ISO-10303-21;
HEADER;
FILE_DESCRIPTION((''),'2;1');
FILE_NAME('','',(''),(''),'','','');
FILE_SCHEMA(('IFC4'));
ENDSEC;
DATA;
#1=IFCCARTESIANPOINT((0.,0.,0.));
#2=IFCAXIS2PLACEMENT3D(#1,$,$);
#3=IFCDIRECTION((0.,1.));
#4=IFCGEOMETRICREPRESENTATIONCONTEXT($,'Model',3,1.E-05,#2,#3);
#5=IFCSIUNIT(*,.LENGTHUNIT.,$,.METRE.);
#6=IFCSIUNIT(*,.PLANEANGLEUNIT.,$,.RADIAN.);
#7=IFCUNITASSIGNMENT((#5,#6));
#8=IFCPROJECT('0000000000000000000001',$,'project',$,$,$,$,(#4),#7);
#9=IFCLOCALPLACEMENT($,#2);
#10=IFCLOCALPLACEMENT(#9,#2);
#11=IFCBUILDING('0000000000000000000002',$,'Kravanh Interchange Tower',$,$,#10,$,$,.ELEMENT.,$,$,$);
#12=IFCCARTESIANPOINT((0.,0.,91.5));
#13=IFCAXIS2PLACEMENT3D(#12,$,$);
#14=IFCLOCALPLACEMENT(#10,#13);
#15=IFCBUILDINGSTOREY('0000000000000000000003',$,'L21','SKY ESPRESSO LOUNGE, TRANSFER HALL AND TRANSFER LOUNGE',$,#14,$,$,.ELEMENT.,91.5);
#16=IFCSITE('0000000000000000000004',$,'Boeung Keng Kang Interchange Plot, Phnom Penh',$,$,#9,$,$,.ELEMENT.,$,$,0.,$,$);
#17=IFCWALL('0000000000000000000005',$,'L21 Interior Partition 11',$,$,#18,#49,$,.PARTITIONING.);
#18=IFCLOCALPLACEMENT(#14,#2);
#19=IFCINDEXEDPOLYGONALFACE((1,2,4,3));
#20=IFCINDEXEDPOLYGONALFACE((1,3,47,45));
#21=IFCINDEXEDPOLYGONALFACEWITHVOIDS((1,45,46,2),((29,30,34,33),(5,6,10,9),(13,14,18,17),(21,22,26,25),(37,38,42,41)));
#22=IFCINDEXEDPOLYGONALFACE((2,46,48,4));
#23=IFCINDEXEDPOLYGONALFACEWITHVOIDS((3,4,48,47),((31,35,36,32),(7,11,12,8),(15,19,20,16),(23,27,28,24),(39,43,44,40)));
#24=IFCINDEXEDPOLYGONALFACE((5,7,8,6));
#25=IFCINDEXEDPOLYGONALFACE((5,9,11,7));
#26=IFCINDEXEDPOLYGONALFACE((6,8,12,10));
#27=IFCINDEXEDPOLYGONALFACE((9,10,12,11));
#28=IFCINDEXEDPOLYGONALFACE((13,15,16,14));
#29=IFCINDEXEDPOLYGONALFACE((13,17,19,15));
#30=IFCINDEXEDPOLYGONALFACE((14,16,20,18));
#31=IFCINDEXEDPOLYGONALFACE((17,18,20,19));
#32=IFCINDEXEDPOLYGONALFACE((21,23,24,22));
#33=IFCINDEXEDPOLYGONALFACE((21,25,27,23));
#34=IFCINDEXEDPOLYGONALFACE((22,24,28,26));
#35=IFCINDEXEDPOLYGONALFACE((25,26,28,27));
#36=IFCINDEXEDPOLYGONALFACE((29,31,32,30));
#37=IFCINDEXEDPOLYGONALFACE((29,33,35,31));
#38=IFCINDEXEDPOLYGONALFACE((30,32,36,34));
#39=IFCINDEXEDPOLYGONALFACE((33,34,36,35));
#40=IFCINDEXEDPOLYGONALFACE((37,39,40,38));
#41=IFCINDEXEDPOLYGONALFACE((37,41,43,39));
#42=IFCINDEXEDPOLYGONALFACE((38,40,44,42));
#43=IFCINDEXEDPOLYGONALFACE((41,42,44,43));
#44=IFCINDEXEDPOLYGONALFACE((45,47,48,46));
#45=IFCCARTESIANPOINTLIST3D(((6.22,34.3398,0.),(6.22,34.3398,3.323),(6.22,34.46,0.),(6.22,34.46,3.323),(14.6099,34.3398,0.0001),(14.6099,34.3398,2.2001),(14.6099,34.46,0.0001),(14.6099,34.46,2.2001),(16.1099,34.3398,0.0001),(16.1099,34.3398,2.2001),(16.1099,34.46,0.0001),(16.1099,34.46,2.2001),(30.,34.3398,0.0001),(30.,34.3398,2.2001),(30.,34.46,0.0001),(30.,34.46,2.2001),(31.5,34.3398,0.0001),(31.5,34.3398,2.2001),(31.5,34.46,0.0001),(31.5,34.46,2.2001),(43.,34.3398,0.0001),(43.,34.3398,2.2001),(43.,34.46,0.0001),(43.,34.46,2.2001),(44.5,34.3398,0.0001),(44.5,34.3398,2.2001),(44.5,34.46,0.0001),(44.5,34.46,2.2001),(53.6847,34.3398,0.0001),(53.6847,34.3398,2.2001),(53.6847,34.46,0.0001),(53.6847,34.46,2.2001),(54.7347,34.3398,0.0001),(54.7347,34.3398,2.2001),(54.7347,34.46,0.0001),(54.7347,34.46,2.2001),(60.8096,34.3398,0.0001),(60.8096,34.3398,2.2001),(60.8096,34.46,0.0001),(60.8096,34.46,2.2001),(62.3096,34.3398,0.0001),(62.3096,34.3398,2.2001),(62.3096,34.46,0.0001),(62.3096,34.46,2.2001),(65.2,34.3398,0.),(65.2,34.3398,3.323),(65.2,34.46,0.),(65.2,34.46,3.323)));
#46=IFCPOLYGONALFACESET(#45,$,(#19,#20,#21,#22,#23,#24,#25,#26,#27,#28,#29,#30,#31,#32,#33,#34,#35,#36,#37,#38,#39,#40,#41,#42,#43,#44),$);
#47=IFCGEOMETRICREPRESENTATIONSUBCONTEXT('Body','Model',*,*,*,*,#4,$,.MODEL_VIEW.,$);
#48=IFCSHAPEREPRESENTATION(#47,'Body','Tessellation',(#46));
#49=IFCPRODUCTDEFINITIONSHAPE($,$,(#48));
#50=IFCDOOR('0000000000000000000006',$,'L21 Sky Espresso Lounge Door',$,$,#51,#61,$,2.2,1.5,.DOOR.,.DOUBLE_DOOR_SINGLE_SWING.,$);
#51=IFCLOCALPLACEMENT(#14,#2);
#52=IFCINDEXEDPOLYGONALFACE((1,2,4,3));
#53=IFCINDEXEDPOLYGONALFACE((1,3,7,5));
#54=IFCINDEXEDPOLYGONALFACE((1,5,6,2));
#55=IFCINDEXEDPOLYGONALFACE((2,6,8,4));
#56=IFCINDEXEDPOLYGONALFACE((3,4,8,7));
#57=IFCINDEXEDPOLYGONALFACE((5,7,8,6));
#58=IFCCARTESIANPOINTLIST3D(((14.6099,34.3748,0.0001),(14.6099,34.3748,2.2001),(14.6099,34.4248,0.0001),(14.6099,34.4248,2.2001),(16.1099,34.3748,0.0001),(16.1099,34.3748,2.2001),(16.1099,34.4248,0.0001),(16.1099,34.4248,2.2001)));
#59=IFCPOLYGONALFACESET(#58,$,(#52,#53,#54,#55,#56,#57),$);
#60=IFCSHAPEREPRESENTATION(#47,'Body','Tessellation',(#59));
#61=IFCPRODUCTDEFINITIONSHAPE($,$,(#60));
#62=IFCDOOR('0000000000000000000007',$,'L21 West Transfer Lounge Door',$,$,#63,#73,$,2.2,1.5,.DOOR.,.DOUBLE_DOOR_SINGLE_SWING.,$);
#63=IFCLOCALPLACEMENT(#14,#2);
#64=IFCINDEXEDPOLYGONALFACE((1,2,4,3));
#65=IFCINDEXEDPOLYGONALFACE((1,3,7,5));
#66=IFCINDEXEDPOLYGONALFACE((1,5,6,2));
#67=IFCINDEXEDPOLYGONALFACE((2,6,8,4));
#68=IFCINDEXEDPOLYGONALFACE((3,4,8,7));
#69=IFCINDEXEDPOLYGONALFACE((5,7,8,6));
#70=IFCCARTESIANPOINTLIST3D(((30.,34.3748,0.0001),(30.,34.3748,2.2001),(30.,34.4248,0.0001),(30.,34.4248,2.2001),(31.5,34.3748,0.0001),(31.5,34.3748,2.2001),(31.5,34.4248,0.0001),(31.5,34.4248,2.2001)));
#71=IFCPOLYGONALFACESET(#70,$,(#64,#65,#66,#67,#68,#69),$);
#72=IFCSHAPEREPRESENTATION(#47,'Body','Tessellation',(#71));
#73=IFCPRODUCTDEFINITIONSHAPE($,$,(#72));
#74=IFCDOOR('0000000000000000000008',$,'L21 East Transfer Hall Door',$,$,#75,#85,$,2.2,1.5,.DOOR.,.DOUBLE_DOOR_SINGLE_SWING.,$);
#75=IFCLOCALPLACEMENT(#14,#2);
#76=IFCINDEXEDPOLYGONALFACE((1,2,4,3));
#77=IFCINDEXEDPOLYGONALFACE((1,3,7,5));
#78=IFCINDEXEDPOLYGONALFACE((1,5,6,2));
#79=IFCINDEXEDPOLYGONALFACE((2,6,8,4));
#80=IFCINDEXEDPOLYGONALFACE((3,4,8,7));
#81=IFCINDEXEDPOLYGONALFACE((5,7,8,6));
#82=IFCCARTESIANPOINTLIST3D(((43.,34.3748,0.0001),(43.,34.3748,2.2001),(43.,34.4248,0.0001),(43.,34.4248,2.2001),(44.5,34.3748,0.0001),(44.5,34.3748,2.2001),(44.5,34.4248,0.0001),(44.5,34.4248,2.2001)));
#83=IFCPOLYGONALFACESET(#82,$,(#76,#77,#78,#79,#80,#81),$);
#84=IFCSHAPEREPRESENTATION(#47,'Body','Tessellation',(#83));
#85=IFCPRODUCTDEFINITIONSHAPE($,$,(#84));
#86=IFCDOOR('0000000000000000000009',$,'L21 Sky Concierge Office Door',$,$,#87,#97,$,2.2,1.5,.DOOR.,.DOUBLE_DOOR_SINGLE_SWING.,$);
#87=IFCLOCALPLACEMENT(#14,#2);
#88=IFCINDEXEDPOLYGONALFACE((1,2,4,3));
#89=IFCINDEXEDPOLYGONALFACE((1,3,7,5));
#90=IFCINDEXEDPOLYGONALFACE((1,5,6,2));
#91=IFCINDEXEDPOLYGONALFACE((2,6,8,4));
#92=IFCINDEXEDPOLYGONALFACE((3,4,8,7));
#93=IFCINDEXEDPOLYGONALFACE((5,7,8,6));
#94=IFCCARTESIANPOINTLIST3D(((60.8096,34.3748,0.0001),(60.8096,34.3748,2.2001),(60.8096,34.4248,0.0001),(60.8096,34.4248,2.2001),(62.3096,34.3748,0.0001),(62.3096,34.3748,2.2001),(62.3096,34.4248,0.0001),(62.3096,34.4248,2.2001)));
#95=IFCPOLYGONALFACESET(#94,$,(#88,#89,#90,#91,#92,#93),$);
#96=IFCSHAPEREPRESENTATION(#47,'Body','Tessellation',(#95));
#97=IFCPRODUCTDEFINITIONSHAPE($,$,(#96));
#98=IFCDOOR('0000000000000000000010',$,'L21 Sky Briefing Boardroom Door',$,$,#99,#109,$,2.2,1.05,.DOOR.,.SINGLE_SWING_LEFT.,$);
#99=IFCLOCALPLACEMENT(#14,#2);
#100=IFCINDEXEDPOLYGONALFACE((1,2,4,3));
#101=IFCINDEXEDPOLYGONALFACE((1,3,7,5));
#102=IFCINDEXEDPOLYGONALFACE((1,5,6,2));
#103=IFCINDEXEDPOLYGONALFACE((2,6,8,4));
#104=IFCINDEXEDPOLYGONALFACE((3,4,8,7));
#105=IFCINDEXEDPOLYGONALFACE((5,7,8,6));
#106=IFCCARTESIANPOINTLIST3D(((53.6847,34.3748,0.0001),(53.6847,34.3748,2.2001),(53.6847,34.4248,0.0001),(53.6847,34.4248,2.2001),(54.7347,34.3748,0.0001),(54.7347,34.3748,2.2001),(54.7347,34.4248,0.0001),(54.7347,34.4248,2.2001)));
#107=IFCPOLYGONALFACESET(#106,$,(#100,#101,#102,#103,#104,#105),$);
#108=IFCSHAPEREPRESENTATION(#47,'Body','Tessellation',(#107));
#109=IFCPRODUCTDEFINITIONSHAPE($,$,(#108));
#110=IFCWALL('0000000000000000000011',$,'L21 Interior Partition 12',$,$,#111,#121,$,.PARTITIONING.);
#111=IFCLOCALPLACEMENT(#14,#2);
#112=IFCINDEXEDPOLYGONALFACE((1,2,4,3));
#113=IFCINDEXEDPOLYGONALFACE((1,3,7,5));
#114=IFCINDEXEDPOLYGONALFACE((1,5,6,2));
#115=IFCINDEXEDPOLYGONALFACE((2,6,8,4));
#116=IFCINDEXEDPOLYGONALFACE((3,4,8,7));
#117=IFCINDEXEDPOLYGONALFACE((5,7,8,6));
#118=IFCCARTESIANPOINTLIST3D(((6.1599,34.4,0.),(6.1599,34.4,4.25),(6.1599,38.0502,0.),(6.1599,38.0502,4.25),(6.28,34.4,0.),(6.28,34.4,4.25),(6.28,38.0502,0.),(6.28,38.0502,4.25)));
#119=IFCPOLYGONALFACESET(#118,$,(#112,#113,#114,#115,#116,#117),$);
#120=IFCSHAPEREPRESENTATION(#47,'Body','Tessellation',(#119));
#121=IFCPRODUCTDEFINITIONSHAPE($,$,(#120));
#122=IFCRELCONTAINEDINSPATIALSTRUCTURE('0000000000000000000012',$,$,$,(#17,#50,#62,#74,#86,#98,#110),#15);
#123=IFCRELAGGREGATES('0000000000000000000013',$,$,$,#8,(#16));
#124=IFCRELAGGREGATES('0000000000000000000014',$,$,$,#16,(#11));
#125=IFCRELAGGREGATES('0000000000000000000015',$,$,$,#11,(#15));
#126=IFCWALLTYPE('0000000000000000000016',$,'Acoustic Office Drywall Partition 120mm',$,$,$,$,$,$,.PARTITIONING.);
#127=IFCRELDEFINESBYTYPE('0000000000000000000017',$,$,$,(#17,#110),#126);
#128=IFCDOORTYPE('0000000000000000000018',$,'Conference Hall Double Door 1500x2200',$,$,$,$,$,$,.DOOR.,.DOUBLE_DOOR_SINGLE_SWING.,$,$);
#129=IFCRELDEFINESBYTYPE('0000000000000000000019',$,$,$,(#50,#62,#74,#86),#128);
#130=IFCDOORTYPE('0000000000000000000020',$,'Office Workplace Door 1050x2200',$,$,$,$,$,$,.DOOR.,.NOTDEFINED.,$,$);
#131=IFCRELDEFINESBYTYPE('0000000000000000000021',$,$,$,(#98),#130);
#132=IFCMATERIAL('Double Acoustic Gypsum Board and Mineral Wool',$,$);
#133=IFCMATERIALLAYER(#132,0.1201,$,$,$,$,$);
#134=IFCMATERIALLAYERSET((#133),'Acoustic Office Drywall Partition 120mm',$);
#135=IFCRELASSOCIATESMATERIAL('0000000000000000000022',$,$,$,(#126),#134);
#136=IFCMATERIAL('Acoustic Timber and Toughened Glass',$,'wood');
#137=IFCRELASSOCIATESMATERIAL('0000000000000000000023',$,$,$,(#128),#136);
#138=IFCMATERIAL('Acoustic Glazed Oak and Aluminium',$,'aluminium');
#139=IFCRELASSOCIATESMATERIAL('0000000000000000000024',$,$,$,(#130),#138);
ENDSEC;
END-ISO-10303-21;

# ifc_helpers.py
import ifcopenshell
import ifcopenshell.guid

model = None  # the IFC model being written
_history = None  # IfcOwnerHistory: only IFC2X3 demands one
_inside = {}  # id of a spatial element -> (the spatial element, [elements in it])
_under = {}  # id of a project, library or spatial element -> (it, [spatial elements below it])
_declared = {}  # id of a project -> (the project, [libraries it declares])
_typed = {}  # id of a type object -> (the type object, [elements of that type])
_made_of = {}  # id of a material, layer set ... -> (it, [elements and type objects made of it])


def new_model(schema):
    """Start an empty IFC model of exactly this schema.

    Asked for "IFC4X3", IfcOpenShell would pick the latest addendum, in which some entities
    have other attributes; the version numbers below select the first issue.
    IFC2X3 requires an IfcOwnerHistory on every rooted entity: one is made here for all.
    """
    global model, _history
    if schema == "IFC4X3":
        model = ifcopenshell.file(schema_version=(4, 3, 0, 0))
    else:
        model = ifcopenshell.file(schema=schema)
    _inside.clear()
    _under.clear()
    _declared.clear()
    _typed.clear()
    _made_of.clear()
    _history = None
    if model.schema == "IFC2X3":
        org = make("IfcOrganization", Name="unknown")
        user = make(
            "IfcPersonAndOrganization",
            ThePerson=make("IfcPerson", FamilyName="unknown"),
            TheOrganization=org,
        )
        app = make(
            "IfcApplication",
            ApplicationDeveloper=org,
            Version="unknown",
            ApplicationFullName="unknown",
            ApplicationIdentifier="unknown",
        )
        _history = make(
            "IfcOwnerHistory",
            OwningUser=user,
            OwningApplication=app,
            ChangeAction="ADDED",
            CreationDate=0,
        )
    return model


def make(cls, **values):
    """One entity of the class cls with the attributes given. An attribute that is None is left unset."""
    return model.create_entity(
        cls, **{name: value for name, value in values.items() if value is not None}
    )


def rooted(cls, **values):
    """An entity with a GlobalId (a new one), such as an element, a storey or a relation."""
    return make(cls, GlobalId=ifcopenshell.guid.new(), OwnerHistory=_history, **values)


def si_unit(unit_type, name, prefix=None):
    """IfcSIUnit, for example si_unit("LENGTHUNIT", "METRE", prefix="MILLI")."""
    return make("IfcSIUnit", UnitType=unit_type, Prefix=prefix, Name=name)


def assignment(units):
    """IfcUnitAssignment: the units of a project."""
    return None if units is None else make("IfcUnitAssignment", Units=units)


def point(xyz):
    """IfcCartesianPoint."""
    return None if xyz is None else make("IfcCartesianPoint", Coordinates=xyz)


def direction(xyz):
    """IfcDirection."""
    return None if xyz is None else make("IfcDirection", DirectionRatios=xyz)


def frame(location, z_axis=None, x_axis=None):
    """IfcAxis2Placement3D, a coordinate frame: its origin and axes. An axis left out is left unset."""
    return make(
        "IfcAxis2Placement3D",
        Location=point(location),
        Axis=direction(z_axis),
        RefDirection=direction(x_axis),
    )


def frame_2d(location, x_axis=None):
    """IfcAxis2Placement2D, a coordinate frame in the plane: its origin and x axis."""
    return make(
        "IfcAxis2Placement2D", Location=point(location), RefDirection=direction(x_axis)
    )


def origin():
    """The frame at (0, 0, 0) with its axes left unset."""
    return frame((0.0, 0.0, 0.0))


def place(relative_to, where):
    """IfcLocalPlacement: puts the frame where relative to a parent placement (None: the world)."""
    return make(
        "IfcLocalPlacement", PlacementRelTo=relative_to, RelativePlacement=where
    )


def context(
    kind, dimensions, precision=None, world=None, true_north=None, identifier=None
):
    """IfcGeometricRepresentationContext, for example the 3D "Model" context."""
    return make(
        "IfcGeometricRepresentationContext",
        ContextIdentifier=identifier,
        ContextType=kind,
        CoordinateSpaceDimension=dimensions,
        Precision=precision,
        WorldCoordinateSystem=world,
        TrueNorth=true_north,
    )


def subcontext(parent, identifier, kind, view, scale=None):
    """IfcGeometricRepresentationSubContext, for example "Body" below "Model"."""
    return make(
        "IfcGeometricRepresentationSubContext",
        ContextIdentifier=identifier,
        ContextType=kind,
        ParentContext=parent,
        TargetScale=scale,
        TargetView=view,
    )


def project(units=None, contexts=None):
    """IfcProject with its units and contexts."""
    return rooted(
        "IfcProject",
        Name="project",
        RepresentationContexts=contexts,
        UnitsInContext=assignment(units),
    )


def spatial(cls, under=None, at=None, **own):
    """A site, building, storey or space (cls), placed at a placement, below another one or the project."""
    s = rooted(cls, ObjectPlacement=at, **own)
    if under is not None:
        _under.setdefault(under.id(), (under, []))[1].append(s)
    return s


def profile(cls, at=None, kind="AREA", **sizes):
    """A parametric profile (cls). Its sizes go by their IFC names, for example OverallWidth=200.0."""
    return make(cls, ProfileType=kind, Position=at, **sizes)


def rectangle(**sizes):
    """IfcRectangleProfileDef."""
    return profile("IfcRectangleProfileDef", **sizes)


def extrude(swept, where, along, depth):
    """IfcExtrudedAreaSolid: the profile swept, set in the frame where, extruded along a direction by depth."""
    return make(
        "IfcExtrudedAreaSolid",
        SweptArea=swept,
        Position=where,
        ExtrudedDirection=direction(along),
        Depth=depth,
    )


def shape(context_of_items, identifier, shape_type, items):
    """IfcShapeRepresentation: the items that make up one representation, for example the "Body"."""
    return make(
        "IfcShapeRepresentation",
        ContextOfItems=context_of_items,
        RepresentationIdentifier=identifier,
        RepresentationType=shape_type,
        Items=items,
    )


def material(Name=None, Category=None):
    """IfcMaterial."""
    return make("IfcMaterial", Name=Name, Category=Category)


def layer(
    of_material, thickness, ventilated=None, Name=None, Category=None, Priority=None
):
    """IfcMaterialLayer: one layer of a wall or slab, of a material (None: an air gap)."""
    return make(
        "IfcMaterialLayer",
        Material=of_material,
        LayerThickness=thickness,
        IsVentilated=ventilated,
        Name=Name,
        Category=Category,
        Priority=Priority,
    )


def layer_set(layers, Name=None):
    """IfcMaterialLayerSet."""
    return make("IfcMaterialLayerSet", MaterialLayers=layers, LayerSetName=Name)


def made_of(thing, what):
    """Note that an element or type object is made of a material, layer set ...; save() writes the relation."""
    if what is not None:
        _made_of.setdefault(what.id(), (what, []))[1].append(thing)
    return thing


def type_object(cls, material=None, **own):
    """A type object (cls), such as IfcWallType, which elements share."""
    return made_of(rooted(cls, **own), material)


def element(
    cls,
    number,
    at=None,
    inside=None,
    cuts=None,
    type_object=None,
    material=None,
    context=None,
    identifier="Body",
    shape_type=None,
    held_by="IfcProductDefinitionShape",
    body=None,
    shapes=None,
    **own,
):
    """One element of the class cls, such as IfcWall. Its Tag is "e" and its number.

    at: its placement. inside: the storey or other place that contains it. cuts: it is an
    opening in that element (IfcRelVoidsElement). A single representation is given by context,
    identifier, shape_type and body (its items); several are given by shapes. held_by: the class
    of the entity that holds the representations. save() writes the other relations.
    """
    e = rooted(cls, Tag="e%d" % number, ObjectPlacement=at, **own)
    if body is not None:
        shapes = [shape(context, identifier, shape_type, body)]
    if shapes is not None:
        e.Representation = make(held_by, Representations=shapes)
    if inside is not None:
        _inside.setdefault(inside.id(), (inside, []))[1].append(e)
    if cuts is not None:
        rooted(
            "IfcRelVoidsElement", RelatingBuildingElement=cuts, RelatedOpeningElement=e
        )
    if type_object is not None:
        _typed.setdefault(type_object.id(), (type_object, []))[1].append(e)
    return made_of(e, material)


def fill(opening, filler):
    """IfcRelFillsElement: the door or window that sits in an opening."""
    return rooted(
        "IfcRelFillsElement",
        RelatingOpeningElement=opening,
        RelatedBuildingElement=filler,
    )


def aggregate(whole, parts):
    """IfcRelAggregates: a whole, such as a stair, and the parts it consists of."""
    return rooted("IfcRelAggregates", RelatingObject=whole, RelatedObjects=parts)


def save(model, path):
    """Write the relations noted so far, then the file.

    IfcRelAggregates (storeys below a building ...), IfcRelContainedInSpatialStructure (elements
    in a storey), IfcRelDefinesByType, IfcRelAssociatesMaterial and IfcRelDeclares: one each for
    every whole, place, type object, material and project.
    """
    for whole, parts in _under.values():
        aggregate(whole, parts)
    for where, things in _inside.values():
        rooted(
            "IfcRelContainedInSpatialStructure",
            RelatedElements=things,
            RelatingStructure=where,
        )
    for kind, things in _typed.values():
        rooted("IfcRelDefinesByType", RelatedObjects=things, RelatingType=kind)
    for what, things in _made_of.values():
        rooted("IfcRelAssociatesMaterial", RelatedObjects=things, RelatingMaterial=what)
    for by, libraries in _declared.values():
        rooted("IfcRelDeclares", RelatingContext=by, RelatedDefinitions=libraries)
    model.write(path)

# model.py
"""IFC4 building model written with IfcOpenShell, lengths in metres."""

from ifc_helpers import new_model, si_unit, direction, frame, frame_2d, origin, place, context, subcontext, project, spatial, rectangle, extrude, material, layer, layer_set, type_object, element, fill, save


model = new_model("IFC4")

# Units and contexts
model_context = context("Model", 3, precision=1e-05, world=origin(), true_north=direction((0.0, 1.0)))
body_context = subcontext(model_context, "Body", "Model", "MODEL_VIEW")
ifc_project = project(units=[si_unit("LENGTHUNIT", "METRE"), si_unit("PLANEANGLEUNIT", "RADIAN")], contexts=[model_context])

# Site, building, storey
site_placement = place(None, origin())
site = spatial("IfcSite", under=ifc_project, at=site_placement, Name="Boeung Keng Kang Interchange Plot, Phnom Penh", CompositionType="ELEMENT", RefElevation=0.0)
building_placement = place(site_placement, origin())
building = spatial("IfcBuilding", under=site, at=building_placement, Name="Kravanh Interchange Tower", CompositionType="ELEMENT")
storey_placement = place(building_placement, frame((0.0, 0.0, 91.5)))
storey = spatial("IfcBuildingStorey", under=building, at=storey_placement, Name="L21", Description="SKY ESPRESSO LOUNGE, TRANSFER HALL AND TRANSFER LOUNGE", CompositionType="ELEMENT", Elevation=91.5)

# Wall, openings, doors
ifc_material_1 = material(Name="Double Acoustic Gypsum Board and Mineral Wool")
ifc_layer_1 = layer(ifc_material_1, 0.1201)
ifc_layer_set_1 = layer_set([ifc_layer_1], Name="Acoustic Office Drywall Partition 120mm")
wall_type = type_object("IfcWallType", Name="Acoustic Office Drywall Partition 120mm", PredefinedType="PARTITIONING", material=ifc_layer_set_1)
wall_1_placement = place(storey_placement, frame((6.22, 34.3999, 0.0), z_axis=(0.0, 0.0, 1.0), x_axis=(1.0, 0.0, 0.0)))
wall_1 = element("IfcWall", 1, at=wall_1_placement, inside=storey, type_object=wall_type, Name="L21 Interior Partition 11", PredefinedType="PARTITIONING", context=body_context, shape_type="SweptSolid", body=[
    extrude(rectangle(XDim=58.98, YDim=0.1201, at=frame_2d((29.49, 0.0))), origin(), (0.0, 0.0, 1.0), 3.323),
])
opening_1_placement = place(wall_1_placement, frame((8.3899, 0.0, 0.0)))
opening_1 = element("IfcOpeningElement", 2, at=opening_1_placement, cuts=wall_1, PredefinedType="OPENING", context=body_context, shape_type="SweptSolid", body=[
    extrude(rectangle(XDim=1.5, YDim=2.2, at=frame_2d((0.75, 1.1001))), frame((0.0, 0.0701, 0.0), z_axis=(0.0, -1.0, 0.0), x_axis=(1.0, 0.0, 0.0)), (0.0, 0.0, 1.0), 0.1401),
])
opening_2_placement = place(wall_1_placement, frame((23.78, 0.0, 0.0)))
opening_2 = element("IfcOpeningElement", 3, at=opening_2_placement, cuts=wall_1, PredefinedType="OPENING", context=body_context, shape_type="SweptSolid", body=[
    extrude(rectangle(XDim=1.5, YDim=2.2, at=frame_2d((0.75, 1.1001))), frame((0.0, 0.0701, 0.0), z_axis=(0.0, -1.0, 0.0), x_axis=(1.0, 0.0, 0.0)), (0.0, 0.0, 1.0), 0.1401),
])
opening_3_placement = place(wall_1_placement, frame((36.78, 0.0, 0.0)))
opening_3 = element("IfcOpeningElement", 4, at=opening_3_placement, cuts=wall_1, PredefinedType="OPENING", context=body_context, shape_type="SweptSolid", body=[
    extrude(rectangle(XDim=1.5, YDim=2.2, at=frame_2d((0.75, 1.1001))), frame((0.0, 0.0701, 0.0), z_axis=(0.0, -1.0, 0.0), x_axis=(1.0, 0.0, 0.0)), (0.0, 0.0, 1.0), 0.1401),
])
opening_4_placement = place(wall_1_placement, frame((47.4648, 0.0, 0.0)))
opening_4 = element("IfcOpeningElement", 5, at=opening_4_placement, cuts=wall_1, PredefinedType="OPENING", context=body_context, shape_type="SweptSolid", body=[
    extrude(rectangle(XDim=1.05, YDim=2.2, at=frame_2d((0.5249, 1.1001))), frame((0.0, 0.0701, 0.0), z_axis=(0.0, -1.0, 0.0), x_axis=(1.0, 0.0, 0.0)), (0.0, 0.0, 1.0), 0.1401),
])
opening_5_placement = place(wall_1_placement, frame((54.5896, 0.0, 0.0)))
opening_5 = element("IfcOpeningElement", 6, at=opening_5_placement, cuts=wall_1, PredefinedType="OPENING", context=body_context, shape_type="SweptSolid", body=[
    extrude(rectangle(XDim=1.5, YDim=2.2, at=frame_2d((0.75, 1.1001))), frame((0.0, 0.0701, 0.0), z_axis=(0.0, -1.0, 0.0), x_axis=(1.0, 0.0, 0.0)), (0.0, 0.0, 1.0), 0.1401),
])
ifc_material_2 = material(Name="Acoustic Timber and Toughened Glass", Category="wood")
door_type_1 = type_object("IfcDoorType", Name="Conference Hall Double Door 1500x2200", OperationType="DOUBLE_DOOR_SINGLE_SWING", PredefinedType="DOOR", material=ifc_material_2)
door_1_placement = place(opening_1_placement, origin())
door_1 = element("IfcDoor", 7, at=door_1_placement, inside=storey, type_object=door_type_1, Name="L21 Sky Espresso Lounge Door", OperationType="DOUBLE_DOOR_SINGLE_SWING", OverallHeight=2.2, OverallWidth=1.5, PredefinedType="DOOR", context=body_context, shape_type="SweptSolid", body=[
    extrude(rectangle(XDim=1.5, YDim=2.2, at=frame_2d((0.75, 1.1001))), frame((0.0, 0.0249, 0.0), z_axis=(0.0, -1.0, 0.0), x_axis=(1.0, 0.0, 0.0)), (0.0, 0.0, 1.0), 0.05),
])
fill(opening_1, door_1)
door_2_placement = place(opening_2_placement, origin())
door_2 = element("IfcDoor", 8, at=door_2_placement, inside=storey, type_object=door_type_1, Name="L21 West Transfer Lounge Door", OperationType="DOUBLE_DOOR_SINGLE_SWING", OverallHeight=2.2, OverallWidth=1.5, PredefinedType="DOOR", context=body_context, shape_type="SweptSolid", body=[
    extrude(rectangle(XDim=1.5, YDim=2.2, at=frame_2d((0.75, 1.1001))), frame((0.0, 0.0249, 0.0), z_axis=(0.0, -1.0, 0.0), x_axis=(1.0, 0.0, 0.0)), (0.0, 0.0, 1.0), 0.05),
])
fill(opening_2, door_2)
door_3_placement = place(opening_3_placement, origin())
door_3 = element("IfcDoor", 9, at=door_3_placement, inside=storey, type_object=door_type_1, Name="L21 East Transfer Hall Door", OperationType="DOUBLE_DOOR_SINGLE_SWING", OverallHeight=2.2, OverallWidth=1.5, PredefinedType="DOOR", context=body_context, shape_type="SweptSolid", body=[
    extrude(rectangle(XDim=1.5, YDim=2.2, at=frame_2d((0.75, 1.1001))), frame((0.0, 0.0249, 0.0), z_axis=(0.0, -1.0, 0.0), x_axis=(1.0, 0.0, 0.0)), (0.0, 0.0, 1.0), 0.05),
])
fill(opening_3, door_3)
door_4_placement = place(opening_5_placement, origin())
door_4 = element("IfcDoor", 10, at=door_4_placement, inside=storey, type_object=door_type_1, Name="L21 Sky Concierge Office Door", OperationType="DOUBLE_DOOR_SINGLE_SWING", OverallHeight=2.2, OverallWidth=1.5, PredefinedType="DOOR", context=body_context, shape_type="SweptSolid", body=[
    extrude(rectangle(XDim=1.5, YDim=2.2, at=frame_2d((0.75, 1.1001))), frame((0.0, 0.0249, 0.0), z_axis=(0.0, -1.0, 0.0), x_axis=(1.0, 0.0, 0.0)), (0.0, 0.0, 1.0), 0.05),
])
fill(opening_5, door_4)
ifc_material_3 = material(Name="Acoustic Glazed Oak and Aluminium", Category="aluminium")
door_type_2 = type_object("IfcDoorType", Name="Office Workplace Door 1050x2200", OperationType="NOTDEFINED", PredefinedType="DOOR", material=ifc_material_3)
door_5_placement = place(opening_4_placement, origin())
door_5 = element("IfcDoor", 11, at=door_5_placement, inside=storey, type_object=door_type_2, Name="L21 Sky Briefing Boardroom Door", OperationType="SINGLE_SWING_LEFT", OverallHeight=2.2, OverallWidth=1.05, PredefinedType="DOOR", context=body_context, shape_type="SweptSolid", body=[
    extrude(rectangle(XDim=1.05, YDim=2.2, at=frame_2d((0.5249, 1.1001))), frame((0.0, 0.0249, 0.0), z_axis=(0.0, -1.0, 0.0), x_axis=(1.0, 0.0, 0.0)), (0.0, 0.0, 1.0), 0.05),
])
fill(opening_4, door_5)

# Wall
wall_2_placement = place(storey_placement, frame((6.22, 34.3999, 0.0), z_axis=(0.0, 0.0, 1.0), x_axis=(0.0, 1.0, 0.0)))
element("IfcWall", 12, at=wall_2_placement, inside=storey, type_object=wall_type, Name="L21 Interior Partition 12", PredefinedType="PARTITIONING", context=body_context, shape_type="SweptSolid", body=[
    extrude(rectangle(XDim=3.6501, YDim=0.1201, at=frame_2d((1.8252, 0.0))), origin(), (0.0, 0.0, 1.0), 4.25),
])

save(model, "model.ifc")
